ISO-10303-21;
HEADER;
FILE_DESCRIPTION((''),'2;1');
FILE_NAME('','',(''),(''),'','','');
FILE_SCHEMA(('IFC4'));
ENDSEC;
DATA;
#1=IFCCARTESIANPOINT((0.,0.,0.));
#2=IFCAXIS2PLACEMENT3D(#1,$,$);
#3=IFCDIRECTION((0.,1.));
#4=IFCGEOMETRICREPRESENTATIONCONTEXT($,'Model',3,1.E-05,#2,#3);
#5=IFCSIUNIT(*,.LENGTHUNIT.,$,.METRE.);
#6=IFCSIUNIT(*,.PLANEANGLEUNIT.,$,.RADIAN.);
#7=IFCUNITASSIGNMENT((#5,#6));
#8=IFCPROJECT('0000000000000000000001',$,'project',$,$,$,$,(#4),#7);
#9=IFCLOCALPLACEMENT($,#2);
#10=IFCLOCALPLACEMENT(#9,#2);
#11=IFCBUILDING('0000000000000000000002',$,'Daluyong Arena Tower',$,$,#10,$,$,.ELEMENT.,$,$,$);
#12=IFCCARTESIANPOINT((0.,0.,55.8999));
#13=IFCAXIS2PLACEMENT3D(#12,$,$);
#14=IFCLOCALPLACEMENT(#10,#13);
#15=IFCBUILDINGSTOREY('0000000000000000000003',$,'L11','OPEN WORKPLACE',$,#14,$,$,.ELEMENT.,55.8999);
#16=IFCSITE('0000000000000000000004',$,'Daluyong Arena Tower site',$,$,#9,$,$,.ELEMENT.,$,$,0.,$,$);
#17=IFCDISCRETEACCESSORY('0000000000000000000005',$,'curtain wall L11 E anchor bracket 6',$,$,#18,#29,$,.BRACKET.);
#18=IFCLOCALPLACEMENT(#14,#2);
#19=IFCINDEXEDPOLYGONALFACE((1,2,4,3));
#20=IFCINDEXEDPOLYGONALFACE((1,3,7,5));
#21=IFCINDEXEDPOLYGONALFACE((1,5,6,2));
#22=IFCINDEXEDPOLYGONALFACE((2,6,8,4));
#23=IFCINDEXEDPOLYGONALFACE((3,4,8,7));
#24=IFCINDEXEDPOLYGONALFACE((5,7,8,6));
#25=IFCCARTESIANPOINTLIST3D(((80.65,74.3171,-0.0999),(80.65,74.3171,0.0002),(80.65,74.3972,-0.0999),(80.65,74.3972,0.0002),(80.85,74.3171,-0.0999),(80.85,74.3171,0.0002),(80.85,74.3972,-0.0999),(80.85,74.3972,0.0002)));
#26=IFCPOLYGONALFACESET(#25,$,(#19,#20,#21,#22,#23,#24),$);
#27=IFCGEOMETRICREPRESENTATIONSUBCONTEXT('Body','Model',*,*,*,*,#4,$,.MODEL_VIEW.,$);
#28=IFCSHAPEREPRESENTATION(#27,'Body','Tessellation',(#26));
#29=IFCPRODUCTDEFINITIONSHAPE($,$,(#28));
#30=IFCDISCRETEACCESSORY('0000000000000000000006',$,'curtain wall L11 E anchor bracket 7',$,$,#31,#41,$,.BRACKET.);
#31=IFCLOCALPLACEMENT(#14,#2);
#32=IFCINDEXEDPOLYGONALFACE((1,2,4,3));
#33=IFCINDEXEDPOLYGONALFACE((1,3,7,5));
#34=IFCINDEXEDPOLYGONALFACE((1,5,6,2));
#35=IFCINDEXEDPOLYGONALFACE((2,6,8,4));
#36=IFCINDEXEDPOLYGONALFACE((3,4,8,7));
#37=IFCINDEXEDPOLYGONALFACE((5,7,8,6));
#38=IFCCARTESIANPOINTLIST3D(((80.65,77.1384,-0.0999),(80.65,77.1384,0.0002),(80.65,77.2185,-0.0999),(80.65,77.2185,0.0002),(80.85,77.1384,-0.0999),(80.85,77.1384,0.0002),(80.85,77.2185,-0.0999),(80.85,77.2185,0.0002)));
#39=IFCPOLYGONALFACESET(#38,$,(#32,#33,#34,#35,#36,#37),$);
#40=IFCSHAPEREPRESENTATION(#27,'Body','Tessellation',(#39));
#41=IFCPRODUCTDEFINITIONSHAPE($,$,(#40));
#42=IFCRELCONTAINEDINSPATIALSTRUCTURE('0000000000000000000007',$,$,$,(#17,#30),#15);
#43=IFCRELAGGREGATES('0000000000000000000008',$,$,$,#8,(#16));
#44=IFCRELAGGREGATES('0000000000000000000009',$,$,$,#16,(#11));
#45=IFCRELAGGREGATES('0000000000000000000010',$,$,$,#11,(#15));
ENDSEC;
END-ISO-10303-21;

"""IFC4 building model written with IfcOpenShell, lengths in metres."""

from ifc_helpers import new_model, si_unit, direction, frame, origin, origin_2d, place, context, subcontext, project, spatial, rectangle, extrude, element, save


model = new_model("IFC4")

# Units and contexts
model_context = context("Model", 3, precision=1e-05, world=origin(), true_north=direction((0.0, 1.0)))
body_context = subcontext(model_context, "Body", "Model", "MODEL_VIEW")
ifc_project = project(units=[si_unit("LENGTHUNIT", "METRE"), si_unit("PLANEANGLEUNIT", "RADIAN")], contexts=[model_context])

# Site, building, storey
site_placement = place(None, origin())
site = spatial("IfcSite", under=ifc_project, at=site_placement, Name="Daluyong Arena Tower site", CompositionType="ELEMENT", RefElevation=0.0)
building_placement = place(site_placement, origin())
building = spatial("IfcBuilding", under=site, at=building_placement, Name="Daluyong Arena Tower", CompositionType="ELEMENT")
storey_placement = place(building_placement, frame((0.0, 0.0, 55.8999)))
storey = spatial("IfcBuildingStorey", under=building, at=storey_placement, Name="L11", Description="OPEN WORKPLACE", CompositionType="ELEMENT", Elevation=55.8999)

# Discrete accessories
for number, where, z_axis, x_axis, name in (
    (1, (80.75, 74.3572, -0.0999), (0.0, 0.0, 1.0), (0.0, 1.0, 0.0), "curtain wall L11 E anchor bracket 6"),
    (2, (80.75, 77.1785, -0.0999), (0.0, 0.0, 1.0), (0.0, 1.0, 0.0), "curtain wall L11 E anchor bracket 7"),
):
    element("IfcDiscreteAccessory", number, at=place(storey_placement, frame(where, z_axis=z_axis, x_axis=x_axis)), inside=storey, Name=name, PredefinedType="BRACKET", context=body_context, shape_type="SweptSolid", body=[
        extrude(rectangle(XDim=0.0801, YDim=0.2, at=origin_2d()), origin(), (0.0, 0.0, 1.0), 0.1001),
    ])

save(model, "model.ifc")
